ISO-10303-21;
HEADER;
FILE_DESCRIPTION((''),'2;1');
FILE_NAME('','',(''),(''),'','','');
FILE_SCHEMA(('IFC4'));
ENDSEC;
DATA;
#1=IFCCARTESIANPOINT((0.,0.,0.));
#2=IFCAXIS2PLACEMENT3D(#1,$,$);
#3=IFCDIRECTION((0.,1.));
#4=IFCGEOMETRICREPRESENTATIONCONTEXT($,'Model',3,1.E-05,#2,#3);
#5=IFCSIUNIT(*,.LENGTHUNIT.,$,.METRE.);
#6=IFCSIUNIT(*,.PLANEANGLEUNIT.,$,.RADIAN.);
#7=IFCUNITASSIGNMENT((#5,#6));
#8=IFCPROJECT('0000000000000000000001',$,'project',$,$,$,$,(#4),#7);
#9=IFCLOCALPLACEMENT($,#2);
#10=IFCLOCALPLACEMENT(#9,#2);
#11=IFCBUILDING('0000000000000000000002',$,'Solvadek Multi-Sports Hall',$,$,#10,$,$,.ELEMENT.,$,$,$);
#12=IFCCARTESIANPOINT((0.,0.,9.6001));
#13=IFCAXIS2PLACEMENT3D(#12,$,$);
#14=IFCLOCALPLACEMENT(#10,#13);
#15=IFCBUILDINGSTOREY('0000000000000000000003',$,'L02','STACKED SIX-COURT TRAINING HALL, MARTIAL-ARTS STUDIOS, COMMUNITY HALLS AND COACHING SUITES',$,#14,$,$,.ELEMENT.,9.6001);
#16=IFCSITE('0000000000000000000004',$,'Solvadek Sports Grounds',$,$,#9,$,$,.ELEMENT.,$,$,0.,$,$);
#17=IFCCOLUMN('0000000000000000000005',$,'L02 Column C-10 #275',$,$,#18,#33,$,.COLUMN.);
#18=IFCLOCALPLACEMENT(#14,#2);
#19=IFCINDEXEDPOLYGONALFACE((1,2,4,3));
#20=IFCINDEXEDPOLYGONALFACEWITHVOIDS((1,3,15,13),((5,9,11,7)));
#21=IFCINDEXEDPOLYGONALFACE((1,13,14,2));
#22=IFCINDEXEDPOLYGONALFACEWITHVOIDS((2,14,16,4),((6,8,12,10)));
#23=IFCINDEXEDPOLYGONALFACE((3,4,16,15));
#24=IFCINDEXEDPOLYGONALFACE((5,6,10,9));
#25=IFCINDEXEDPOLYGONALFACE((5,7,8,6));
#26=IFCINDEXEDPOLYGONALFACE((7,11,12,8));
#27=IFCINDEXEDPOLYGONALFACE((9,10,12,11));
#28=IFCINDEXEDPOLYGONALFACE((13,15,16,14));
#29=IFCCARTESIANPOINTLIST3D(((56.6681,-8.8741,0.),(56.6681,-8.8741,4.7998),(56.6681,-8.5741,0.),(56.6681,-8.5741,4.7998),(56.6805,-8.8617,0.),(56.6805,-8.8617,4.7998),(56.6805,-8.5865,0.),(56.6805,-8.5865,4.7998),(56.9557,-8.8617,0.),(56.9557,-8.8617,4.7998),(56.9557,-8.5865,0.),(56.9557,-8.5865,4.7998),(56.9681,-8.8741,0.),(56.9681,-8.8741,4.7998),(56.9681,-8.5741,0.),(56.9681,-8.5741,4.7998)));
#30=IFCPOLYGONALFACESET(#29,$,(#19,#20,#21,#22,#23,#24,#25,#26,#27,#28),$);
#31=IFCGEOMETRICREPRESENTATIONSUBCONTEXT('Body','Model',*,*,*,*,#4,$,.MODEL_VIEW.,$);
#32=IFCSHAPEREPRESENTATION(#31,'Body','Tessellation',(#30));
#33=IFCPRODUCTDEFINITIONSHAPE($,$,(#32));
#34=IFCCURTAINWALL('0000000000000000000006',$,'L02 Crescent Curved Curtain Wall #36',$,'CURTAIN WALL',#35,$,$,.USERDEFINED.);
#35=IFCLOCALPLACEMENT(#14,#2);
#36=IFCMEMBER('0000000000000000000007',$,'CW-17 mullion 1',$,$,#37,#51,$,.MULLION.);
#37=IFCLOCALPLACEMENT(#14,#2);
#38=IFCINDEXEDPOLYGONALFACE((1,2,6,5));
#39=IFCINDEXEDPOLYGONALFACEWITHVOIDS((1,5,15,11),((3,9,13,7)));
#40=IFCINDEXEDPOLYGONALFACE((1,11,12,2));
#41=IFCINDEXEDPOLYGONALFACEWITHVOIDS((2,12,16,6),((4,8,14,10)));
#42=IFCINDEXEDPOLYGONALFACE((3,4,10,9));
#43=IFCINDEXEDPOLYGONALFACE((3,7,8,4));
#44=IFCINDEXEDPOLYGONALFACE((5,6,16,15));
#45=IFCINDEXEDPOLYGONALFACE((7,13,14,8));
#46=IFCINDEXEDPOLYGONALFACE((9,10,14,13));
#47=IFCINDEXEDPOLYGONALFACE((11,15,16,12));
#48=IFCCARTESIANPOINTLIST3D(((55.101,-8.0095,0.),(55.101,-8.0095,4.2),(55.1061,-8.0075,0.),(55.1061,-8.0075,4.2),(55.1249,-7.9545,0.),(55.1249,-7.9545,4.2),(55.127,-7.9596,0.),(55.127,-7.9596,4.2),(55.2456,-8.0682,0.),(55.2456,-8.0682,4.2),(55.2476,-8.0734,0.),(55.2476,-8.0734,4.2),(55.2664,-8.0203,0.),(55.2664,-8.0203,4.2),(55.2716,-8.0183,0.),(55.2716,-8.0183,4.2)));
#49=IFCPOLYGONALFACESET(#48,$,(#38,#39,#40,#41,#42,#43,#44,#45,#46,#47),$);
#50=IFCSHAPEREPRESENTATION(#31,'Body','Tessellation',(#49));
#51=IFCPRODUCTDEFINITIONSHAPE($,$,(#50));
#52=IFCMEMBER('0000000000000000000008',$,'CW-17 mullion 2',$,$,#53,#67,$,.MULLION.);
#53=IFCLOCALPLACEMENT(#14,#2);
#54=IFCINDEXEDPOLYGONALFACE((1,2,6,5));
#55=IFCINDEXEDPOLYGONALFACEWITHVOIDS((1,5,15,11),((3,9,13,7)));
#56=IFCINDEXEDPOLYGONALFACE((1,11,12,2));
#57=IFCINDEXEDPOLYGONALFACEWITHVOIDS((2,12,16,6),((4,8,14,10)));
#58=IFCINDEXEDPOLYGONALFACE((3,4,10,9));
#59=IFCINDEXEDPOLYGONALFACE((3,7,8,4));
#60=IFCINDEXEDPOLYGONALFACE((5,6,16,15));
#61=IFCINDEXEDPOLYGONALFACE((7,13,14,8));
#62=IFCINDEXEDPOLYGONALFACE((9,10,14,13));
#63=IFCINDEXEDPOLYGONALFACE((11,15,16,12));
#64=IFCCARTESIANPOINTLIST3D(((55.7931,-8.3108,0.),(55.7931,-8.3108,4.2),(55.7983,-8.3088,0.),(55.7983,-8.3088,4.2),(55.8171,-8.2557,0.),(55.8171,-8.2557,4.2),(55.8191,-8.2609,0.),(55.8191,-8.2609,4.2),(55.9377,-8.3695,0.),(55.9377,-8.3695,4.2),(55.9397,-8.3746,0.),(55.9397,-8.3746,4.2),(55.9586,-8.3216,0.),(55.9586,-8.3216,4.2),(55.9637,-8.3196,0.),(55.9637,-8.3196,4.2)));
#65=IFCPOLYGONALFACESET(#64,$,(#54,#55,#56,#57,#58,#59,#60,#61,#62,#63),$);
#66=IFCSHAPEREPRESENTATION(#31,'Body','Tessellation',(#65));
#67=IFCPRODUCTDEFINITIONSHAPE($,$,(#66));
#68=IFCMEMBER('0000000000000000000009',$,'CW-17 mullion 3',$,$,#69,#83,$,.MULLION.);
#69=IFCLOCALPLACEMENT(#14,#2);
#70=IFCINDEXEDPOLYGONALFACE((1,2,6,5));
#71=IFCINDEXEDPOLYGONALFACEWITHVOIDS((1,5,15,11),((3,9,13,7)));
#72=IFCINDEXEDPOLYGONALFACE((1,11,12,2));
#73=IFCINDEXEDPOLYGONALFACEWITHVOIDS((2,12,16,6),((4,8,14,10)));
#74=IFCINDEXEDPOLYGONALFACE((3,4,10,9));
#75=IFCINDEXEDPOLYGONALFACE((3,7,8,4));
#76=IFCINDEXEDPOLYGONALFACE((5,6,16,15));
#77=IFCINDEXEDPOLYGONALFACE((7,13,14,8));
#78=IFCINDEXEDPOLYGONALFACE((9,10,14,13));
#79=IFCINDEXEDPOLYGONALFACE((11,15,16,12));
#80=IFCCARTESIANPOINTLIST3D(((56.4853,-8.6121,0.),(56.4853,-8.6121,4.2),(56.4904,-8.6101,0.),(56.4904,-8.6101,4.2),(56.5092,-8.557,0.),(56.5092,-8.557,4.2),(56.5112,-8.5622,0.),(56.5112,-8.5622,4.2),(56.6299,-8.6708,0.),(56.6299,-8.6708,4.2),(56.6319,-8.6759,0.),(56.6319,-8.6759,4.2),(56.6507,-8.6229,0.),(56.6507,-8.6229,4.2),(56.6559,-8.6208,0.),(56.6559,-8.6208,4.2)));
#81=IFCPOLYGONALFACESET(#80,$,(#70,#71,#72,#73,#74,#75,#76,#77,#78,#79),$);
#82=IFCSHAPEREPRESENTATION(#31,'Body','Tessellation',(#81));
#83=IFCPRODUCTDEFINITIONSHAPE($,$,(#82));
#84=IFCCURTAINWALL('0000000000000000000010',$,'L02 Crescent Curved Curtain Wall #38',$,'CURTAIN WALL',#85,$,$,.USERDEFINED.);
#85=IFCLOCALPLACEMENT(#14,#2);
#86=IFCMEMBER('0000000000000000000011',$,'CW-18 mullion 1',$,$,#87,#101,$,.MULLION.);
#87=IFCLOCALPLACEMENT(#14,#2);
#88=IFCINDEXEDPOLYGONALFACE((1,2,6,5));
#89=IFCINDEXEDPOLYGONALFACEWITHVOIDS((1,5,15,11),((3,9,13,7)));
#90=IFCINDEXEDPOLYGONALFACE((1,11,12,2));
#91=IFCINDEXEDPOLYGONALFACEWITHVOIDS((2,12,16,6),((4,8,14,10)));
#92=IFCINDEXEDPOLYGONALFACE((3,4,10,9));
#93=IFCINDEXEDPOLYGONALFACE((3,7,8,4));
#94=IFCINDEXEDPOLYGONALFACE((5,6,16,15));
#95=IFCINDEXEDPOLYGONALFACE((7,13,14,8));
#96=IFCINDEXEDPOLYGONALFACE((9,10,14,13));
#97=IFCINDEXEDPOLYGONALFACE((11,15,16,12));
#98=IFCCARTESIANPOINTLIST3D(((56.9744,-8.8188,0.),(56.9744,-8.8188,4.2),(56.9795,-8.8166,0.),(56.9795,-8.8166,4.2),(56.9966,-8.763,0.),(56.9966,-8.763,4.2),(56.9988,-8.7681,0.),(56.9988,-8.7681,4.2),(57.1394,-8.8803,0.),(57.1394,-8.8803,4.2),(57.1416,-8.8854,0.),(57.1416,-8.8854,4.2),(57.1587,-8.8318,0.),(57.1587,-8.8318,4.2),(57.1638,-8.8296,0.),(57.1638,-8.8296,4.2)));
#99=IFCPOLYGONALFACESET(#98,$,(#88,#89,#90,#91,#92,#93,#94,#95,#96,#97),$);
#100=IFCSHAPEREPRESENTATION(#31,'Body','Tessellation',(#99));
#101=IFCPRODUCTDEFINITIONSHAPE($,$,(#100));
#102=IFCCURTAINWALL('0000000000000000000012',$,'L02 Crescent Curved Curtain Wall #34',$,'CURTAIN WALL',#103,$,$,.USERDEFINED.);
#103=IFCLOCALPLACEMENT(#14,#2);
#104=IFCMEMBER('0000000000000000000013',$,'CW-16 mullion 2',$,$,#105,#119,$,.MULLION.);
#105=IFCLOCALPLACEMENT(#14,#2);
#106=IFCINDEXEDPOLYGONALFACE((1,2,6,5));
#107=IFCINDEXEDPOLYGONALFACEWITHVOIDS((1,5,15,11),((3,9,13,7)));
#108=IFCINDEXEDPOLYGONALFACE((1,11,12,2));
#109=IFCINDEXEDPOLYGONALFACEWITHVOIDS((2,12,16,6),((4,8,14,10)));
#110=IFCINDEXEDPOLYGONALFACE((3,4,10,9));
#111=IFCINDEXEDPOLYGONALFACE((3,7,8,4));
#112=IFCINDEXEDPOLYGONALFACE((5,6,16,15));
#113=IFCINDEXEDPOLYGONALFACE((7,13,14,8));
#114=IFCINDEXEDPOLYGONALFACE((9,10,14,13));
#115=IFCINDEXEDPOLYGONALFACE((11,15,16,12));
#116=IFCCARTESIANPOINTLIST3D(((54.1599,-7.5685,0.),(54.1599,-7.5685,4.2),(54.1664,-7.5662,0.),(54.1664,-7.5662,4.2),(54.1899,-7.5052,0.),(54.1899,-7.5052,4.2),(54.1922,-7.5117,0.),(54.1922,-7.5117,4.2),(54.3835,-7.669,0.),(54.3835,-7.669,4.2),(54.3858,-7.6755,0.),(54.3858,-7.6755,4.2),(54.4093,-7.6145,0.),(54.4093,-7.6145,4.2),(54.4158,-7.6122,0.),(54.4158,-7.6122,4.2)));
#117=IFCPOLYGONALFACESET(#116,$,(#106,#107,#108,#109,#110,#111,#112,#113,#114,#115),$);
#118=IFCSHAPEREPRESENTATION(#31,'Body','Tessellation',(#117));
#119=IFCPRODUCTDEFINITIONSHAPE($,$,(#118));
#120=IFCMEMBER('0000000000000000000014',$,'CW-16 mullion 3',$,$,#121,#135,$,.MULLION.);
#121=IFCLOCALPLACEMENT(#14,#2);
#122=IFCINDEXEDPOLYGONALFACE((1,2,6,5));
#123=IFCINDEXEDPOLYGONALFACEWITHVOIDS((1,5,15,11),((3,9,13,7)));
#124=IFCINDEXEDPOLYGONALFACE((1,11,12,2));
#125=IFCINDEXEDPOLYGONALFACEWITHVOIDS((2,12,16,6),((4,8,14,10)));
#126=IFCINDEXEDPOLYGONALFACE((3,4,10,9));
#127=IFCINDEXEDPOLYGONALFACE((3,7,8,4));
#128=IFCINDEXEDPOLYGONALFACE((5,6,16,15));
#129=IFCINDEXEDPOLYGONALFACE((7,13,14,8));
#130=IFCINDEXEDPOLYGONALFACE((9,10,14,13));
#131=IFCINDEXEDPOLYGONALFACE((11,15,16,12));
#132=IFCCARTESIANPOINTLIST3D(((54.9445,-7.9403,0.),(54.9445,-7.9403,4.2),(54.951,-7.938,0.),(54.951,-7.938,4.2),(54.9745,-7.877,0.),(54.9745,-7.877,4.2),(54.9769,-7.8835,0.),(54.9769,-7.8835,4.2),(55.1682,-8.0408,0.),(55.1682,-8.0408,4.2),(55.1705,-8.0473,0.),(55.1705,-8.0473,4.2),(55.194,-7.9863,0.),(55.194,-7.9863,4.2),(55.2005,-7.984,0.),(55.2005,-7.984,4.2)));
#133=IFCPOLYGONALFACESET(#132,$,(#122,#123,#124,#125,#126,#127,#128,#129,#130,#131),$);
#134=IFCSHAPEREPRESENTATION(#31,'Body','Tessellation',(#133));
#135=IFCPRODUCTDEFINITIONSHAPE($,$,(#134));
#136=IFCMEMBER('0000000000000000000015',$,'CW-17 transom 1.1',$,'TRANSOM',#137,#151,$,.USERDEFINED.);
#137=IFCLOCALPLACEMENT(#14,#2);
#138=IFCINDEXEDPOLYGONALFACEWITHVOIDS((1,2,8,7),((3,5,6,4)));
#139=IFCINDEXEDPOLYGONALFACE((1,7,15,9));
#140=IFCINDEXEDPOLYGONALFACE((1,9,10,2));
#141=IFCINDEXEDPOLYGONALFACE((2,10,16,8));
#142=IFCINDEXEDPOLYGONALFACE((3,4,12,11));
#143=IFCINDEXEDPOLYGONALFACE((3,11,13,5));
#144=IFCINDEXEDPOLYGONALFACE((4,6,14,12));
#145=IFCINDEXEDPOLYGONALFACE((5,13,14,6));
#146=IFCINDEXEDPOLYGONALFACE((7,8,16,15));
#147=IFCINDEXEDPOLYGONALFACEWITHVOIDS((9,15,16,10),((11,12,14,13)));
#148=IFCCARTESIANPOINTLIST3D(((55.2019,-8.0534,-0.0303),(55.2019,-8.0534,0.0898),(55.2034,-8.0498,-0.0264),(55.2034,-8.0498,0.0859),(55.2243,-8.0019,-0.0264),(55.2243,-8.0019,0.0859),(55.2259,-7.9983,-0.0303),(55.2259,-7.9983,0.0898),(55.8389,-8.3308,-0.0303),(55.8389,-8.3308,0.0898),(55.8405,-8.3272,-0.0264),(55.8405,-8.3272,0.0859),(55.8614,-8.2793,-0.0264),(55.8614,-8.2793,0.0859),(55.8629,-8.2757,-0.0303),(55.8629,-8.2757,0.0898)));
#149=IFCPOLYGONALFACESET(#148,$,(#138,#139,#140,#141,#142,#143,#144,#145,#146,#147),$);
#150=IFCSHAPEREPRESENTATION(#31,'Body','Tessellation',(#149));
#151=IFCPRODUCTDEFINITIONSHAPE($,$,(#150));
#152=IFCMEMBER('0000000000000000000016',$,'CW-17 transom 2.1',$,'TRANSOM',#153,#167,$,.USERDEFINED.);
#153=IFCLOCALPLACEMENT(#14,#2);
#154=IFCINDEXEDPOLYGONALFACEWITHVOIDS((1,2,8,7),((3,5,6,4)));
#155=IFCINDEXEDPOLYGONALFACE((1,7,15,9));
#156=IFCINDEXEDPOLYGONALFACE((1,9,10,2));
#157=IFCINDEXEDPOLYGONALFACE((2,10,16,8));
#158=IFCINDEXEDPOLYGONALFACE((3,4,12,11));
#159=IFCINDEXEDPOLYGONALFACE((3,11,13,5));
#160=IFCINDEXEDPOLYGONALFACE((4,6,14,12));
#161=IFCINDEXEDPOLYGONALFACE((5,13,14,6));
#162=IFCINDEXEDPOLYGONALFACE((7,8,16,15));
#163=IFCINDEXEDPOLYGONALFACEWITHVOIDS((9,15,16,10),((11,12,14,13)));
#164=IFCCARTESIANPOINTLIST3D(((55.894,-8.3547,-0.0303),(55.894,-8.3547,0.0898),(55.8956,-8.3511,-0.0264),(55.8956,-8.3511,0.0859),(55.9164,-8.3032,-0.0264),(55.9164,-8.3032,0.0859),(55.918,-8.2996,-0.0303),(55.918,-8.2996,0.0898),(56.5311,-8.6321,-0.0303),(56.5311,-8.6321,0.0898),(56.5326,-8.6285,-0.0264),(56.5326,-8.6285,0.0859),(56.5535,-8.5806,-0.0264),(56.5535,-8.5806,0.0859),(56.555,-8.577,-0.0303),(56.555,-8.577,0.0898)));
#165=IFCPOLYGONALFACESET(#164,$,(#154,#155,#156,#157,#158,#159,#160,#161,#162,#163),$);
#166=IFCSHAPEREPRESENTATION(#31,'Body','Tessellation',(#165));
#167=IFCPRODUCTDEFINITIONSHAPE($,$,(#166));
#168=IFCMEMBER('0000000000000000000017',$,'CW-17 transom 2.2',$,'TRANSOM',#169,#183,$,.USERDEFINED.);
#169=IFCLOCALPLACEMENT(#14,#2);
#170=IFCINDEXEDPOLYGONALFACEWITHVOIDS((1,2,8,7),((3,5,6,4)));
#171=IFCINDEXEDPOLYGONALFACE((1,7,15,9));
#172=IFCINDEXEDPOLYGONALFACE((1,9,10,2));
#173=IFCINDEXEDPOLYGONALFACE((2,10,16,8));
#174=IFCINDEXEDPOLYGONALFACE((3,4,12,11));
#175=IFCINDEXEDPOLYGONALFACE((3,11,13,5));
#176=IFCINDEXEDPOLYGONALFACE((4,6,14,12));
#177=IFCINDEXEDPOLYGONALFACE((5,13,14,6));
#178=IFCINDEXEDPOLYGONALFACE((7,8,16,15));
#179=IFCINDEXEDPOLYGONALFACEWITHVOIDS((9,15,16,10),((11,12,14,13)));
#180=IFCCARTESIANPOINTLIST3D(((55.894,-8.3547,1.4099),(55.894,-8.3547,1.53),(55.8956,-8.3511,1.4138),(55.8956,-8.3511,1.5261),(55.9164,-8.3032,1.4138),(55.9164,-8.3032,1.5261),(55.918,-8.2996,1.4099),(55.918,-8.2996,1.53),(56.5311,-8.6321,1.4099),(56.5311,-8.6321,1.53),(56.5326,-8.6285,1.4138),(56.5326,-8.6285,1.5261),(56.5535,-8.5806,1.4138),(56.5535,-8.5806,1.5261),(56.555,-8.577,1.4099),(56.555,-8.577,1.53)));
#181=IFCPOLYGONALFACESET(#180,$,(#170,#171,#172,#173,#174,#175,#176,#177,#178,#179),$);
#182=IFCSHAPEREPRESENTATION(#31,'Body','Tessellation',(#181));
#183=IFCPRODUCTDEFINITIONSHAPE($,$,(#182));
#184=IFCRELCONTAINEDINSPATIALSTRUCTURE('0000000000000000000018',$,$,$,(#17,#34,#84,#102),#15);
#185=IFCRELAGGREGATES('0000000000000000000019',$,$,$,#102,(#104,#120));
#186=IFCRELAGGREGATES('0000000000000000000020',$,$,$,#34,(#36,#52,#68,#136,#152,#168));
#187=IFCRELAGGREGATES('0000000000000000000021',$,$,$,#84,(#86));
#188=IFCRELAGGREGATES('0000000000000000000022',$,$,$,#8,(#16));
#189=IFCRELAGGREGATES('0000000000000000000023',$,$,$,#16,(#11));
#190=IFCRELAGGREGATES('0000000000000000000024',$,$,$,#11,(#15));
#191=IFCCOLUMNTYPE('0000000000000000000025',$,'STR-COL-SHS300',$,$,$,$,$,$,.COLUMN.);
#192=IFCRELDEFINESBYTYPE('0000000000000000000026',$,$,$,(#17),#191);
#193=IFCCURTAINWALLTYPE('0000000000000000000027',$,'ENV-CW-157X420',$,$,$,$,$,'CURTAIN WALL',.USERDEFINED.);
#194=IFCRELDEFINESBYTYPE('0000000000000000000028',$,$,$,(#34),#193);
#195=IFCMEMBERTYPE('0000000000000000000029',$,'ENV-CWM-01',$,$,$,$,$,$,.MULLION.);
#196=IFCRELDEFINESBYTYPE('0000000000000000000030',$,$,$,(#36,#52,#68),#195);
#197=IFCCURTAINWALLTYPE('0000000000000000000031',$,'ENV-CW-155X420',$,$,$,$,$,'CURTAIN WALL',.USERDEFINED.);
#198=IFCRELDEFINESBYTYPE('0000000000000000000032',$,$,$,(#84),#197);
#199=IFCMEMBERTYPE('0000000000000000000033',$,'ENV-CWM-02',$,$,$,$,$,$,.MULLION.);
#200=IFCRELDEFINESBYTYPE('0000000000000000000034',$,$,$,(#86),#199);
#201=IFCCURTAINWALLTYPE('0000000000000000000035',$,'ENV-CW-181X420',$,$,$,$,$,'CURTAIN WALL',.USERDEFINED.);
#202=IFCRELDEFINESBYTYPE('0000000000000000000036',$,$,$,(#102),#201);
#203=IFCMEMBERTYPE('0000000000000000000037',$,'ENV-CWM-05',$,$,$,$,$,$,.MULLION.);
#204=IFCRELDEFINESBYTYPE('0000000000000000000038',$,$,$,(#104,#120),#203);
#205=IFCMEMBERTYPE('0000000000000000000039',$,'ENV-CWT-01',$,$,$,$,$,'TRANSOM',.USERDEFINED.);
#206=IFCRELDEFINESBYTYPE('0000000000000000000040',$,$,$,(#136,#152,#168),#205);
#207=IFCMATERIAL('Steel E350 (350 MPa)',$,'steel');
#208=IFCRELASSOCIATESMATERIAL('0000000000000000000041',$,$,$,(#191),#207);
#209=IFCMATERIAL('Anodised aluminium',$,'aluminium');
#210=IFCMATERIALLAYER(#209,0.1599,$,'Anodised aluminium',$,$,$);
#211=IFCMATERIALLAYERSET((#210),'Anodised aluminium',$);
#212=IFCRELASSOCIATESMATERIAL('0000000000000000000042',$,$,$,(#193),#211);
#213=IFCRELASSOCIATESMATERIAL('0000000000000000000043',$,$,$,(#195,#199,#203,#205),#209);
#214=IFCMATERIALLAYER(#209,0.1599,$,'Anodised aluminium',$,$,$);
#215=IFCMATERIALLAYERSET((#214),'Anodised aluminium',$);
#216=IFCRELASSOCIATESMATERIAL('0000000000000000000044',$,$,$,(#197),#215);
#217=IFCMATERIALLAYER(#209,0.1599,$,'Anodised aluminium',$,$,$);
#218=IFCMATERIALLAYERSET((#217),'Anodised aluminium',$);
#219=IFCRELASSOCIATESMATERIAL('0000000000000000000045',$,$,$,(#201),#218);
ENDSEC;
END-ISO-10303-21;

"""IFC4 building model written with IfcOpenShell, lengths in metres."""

from ifc_helpers import new_model, si_unit, direction, frame, origin, origin_2d, place, context, subcontext, project, spatial, hollow_rectangle, extrude, material, layer, layer_set, material_profile, profile_set, type_object, element, aggregate, save


model = new_model("IFC4")

# Units and contexts
model_context = context("Model", 3, precision=1e-05, world=origin(), true_north=direction((0.0, 1.0)))
body_context = subcontext(model_context, "Body", "Model", "MODEL_VIEW")
ifc_project = project(units=[si_unit("LENGTHUNIT", "METRE"), si_unit("PLANEANGLEUNIT", "RADIAN")], contexts=[model_context])

# Site, building, storey
site_placement = place(None, origin())
site = spatial("IfcSite", under=ifc_project, at=site_placement, Name="Solvadek Sports Grounds", CompositionType="ELEMENT", RefElevation=0.0)
building_placement = place(site_placement, origin())
building = spatial("IfcBuilding", under=site, at=building_placement, Name="Solvadek Multi-Sports Hall", CompositionType="ELEMENT")
storey_placement = place(building_placement, frame((0.0, 0.0, 9.6001)))
storey = spatial("IfcBuildingStorey", under=building, at=storey_placement, Name="L02", Description="STACKED SIX-COURT TRAINING HALL, MARTIAL-ARTS STUDIOS, COMMUNITY HALLS AND COACHING SUITES", CompositionType="ELEMENT", Elevation=9.6001)

# Column
ifc_material_1 = material(Name="Steel E350 (350 MPa)", Category="steel")
ifc_material_profile_1 = material_profile(ifc_material_1, hollow_rectangle(XDim=0.3, YDim=0.3, WallThickness=0.0125, at=origin_2d()), Name="SHS 300x300x12.5")
ifc_profile_set_1 = profile_set([ifc_material_profile_1], Name="Steel E350 (350 MPa)")
column_type = type_object("IfcColumnType", Name="STR-COL-SHS300", PredefinedType="COLUMN", material=ifc_profile_set_1)
column_placement = place(storey_placement, frame((56.8181, -8.7241, 0.0), z_axis=(0.0, 0.0, 1.0), x_axis=(1.0, 0.0, 0.0)))
element("IfcColumn", 1, at=column_placement, inside=storey, type_object=column_type, Name="L02 Column C-10 #275", PredefinedType="COLUMN", context=body_context, shape_type="SweptSolid", body=[
    extrude(hollow_rectangle(XDim=0.3, YDim=0.3, WallThickness=0.0125, at=origin_2d()), origin(), (0.0, 0.0, 1.0), 4.7998),
])

# Curtain wall, members
ifc_material_2 = material(Name="Anodised aluminium", Category="aluminium")
ifc_layer_1 = layer(ifc_material_2, 0.1599, Name="Anodised aluminium")
ifc_layer_set_1 = layer_set([ifc_layer_1], Name="Anodised aluminium")
curtain_wall_type_1 = type_object("IfcCurtainWallType", Name="ENV-CW-157X420", ElementType="CURTAIN WALL", PredefinedType="USERDEFINED", material=ifc_layer_set_1)
curtain_wall_1_placement = place(storey_placement, origin())
curtain_wall_1 = element("IfcCurtainWall", 2, at=curtain_wall_1_placement, inside=storey, type_object=curtain_wall_type_1, Name="L02 Crescent Curved Curtain Wall #36", ObjectType="CURTAIN WALL", PredefinedType="USERDEFINED")
ifc_material_profile_2 = material_profile(ifc_material_2, hollow_rectangle(XDim=0.0601, YDim=0.1599, WallThickness=0.0039, at=origin_2d()), Name="ALU-M 160x60x4")
ifc_profile_set_2 = profile_set([ifc_material_profile_2], Name="Anodised aluminium")
member_type_1 = type_object("IfcMemberType", Name="ENV-CWM-01", PredefinedType="MULLION", material=ifc_profile_set_2)
member_1_placement = place(storey_placement, frame((55.1863, -8.0139, 0.0), z_axis=(0.0, 0.0, 1.0), x_axis=(0.399057, 0.916926, 0.0)))
member_1 = element("IfcMember", 3, at=member_1_placement, type_object=member_type_1, Name="CW-17 mullion 1", PredefinedType="MULLION", context=body_context, shape_type="SweptSolid", body=[
    extrude(hollow_rectangle(XDim=0.0601, YDim=0.1599, WallThickness=0.0039, at=origin_2d()), origin(), (0.0, 0.0, 1.0), 4.2),
])
member_2_placement = place(storey_placement, frame((55.8784, -8.3152, 0.0), z_axis=(0.0, 0.0, 1.0), x_axis=(0.399057, 0.916926, 0.0)))
member_2 = element("IfcMember", 4, at=member_2_placement, type_object=member_type_1, Name="CW-17 mullion 2", PredefinedType="MULLION", context=body_context, shape_type="SweptSolid", body=[
    extrude(hollow_rectangle(XDim=0.0601, YDim=0.1599, WallThickness=0.0039, at=origin_2d()), origin(), (0.0, 0.0, 1.0), 4.2),
])
member_3_placement = place(storey_placement, frame((56.5706, -8.6165, 0.0), z_axis=(0.0, 0.0, 1.0), x_axis=(0.399057, 0.916926, 0.0)))
member_3 = element("IfcMember", 5, at=member_3_placement, type_object=member_type_1, Name="CW-17 mullion 3", PredefinedType="MULLION", context=body_context, shape_type="SweptSolid", body=[
    extrude(hollow_rectangle(XDim=0.0601, YDim=0.1599, WallThickness=0.0039, at=origin_2d()), origin(), (0.0, 0.0, 1.0), 4.2),
])

# Curtain wall, member
ifc_layer_2 = layer(ifc_material_2, 0.1599, Name="Anodised aluminium")
ifc_layer_set_2 = layer_set([ifc_layer_2], Name="Anodised aluminium")
curtain_wall_type_2 = type_object("IfcCurtainWallType", Name="ENV-CW-155X420", ElementType="CURTAIN WALL", PredefinedType="USERDEFINED", material=ifc_layer_set_2)
curtain_wall_2_placement = place(storey_placement, origin())
curtain_wall_2 = element("IfcCurtainWall", 6, at=curtain_wall_2_placement, inside=storey, type_object=curtain_wall_type_2, Name="L02 Crescent Curved Curtain Wall #38", ObjectType="CURTAIN WALL", PredefinedType="USERDEFINED")
ifc_material_profile_3 = material_profile(ifc_material_2, hollow_rectangle(XDim=0.0601, YDim=0.1799, WallThickness=0.0039, at=origin_2d()), Name="ALU-M 180x60x4")
ifc_profile_set_3 = profile_set([ifc_material_profile_3], Name="Anodised aluminium")
member_type_2 = type_object("IfcMemberType", Name="ENV-CWM-02", PredefinedType="MULLION", material=ifc_profile_set_3)
member_4_placement = place(storey_placement, frame((57.0691, -8.8242, 0.0), z_axis=(0.0, 0.0, 1.0), x_axis=(0.370163, 0.928967, 0.0)))
member_4 = element("IfcMember", 7, at=member_4_placement, type_object=member_type_2, Name="CW-18 mullion 1", PredefinedType="MULLION", context=body_context, shape_type="SweptSolid", body=[
    extrude(hollow_rectangle(XDim=0.0601, YDim=0.1799, WallThickness=0.0039, at=origin_2d()), origin(), (0.0, 0.0, 1.0), 4.2),
])

# Curtain wall, members
ifc_layer_3 = layer(ifc_material_2, 0.1599, Name="Anodised aluminium")
ifc_layer_set_3 = layer_set([ifc_layer_3], Name="Anodised aluminium")
curtain_wall_type_3 = type_object("IfcCurtainWallType", Name="ENV-CW-181X420", ElementType="CURTAIN WALL", PredefinedType="USERDEFINED", material=ifc_layer_set_3)
curtain_wall_3_placement = place(storey_placement, origin())
curtain_wall_3 = element("IfcCurtainWall", 8, at=curtain_wall_3_placement, inside=storey, type_object=curtain_wall_type_3, Name="L02 Crescent Curved Curtain Wall #34", ObjectType="CURTAIN WALL", PredefinedType="USERDEFINED")
ifc_material_profile_4 = material_profile(ifc_material_2, hollow_rectangle(XDim=0.0701, YDim=0.25, WallThickness=0.0049, at=origin_2d()), Name="ALU-M 250x70x5")
ifc_profile_set_4 = profile_set([ifc_material_profile_4], Name="Anodised aluminium")
member_type_3 = type_object("IfcMemberType", Name="ENV-CWM-05", PredefinedType="MULLION", material=ifc_profile_set_4)
member_5_placement = place(storey_placement, frame((54.2878, -7.5903, 0.0), z_axis=(0.0, 0.0, 1.0), x_axis=(0.42816, 0.903703, 0.0)))
member_5 = element("IfcMember", 9, at=member_5_placement, type_object=member_type_3, Name="CW-16 mullion 2", PredefinedType="MULLION", context=body_context, shape_type="SweptSolid", body=[
    extrude(hollow_rectangle(XDim=0.0701, YDim=0.25, WallThickness=0.0049, at=origin_2d()), origin(), (0.0, 0.0, 1.0), 4.2),
])
member_6_placement = place(storey_placement, frame((55.0725, -7.9622, 0.0), z_axis=(0.0, 0.0, 1.0), x_axis=(0.42816, 0.903703, 0.0)))
member_6 = element("IfcMember", 10, at=member_6_placement, type_object=member_type_3, Name="CW-16 mullion 3", PredefinedType="MULLION", context=body_context, shape_type="SweptSolid", body=[
    extrude(hollow_rectangle(XDim=0.0701, YDim=0.25, WallThickness=0.0049, at=origin_2d()), origin(), (0.0, 0.0, 1.0), 4.2),
])

# Members
ifc_material_profile_5 = material_profile(ifc_material_2, hollow_rectangle(XDim=0.0601, YDim=0.1201, WallThickness=0.0039, at=origin_2d()), Name="ALU-T 120x60x4")
ifc_profile_set_5 = profile_set([ifc_material_profile_5], Name="Anodised aluminium")
member_type_4 = type_object("IfcMemberType", Name="ENV-CWT-01", ElementType="TRANSOM", PredefinedType="USERDEFINED", material=ifc_profile_set_5)
member_7_placement = place(storey_placement, frame((55.2139, -8.0259, 0.0298), z_axis=(0.916858, -0.399214, 0.0), x_axis=(0.399214, 0.916858, 0.0)))
member_7 = element("IfcMember", 11, at=member_7_placement, type_object=member_type_4, Name="CW-17 transom 1.1", ObjectType="TRANSOM", PredefinedType="USERDEFINED", context=body_context, shape_type="SweptSolid", body=[
    extrude(hollow_rectangle(XDim=0.0601, YDim=0.1201, WallThickness=0.0039, at=origin_2d()), origin(), (0.0, 0.0, 1.0), 0.6948),
])
member_8_placement = place(storey_placement, frame((55.906, -8.3271, 0.0298), z_axis=(0.916858, -0.399214, 0.0), x_axis=(0.399214, 0.916858, 0.0)))
member_8 = element("IfcMember", 12, at=member_8_placement, type_object=member_type_4, Name="CW-17 transom 2.1", ObjectType="TRANSOM", PredefinedType="USERDEFINED", context=body_context, shape_type="SweptSolid", body=[
    extrude(hollow_rectangle(XDim=0.0601, YDim=0.1201, WallThickness=0.0039, at=origin_2d()), origin(), (0.0, 0.0, 1.0), 0.6948),
])
member_9_placement = place(storey_placement, frame((55.906, -8.3271, 1.47), z_axis=(0.916858, -0.399214, 0.0), x_axis=(0.399214, 0.916858, 0.0)))
member_9 = element("IfcMember", 13, at=member_9_placement, type_object=member_type_4, Name="CW-17 transom 2.2", ObjectType="TRANSOM", PredefinedType="USERDEFINED", context=body_context, shape_type="SweptSolid", body=[
    extrude(hollow_rectangle(XDim=0.0601, YDim=0.1201, WallThickness=0.0039, at=origin_2d()), origin(), (0.0, 0.0, 1.0), 0.6948),
])

aggregate(curtain_wall_3, [member_5, member_6])
aggregate(curtain_wall_1, [member_1, member_2, member_3, member_7, member_8, member_9])
aggregate(curtain_wall_2, [member_4])

save(model, "model.ifc")
